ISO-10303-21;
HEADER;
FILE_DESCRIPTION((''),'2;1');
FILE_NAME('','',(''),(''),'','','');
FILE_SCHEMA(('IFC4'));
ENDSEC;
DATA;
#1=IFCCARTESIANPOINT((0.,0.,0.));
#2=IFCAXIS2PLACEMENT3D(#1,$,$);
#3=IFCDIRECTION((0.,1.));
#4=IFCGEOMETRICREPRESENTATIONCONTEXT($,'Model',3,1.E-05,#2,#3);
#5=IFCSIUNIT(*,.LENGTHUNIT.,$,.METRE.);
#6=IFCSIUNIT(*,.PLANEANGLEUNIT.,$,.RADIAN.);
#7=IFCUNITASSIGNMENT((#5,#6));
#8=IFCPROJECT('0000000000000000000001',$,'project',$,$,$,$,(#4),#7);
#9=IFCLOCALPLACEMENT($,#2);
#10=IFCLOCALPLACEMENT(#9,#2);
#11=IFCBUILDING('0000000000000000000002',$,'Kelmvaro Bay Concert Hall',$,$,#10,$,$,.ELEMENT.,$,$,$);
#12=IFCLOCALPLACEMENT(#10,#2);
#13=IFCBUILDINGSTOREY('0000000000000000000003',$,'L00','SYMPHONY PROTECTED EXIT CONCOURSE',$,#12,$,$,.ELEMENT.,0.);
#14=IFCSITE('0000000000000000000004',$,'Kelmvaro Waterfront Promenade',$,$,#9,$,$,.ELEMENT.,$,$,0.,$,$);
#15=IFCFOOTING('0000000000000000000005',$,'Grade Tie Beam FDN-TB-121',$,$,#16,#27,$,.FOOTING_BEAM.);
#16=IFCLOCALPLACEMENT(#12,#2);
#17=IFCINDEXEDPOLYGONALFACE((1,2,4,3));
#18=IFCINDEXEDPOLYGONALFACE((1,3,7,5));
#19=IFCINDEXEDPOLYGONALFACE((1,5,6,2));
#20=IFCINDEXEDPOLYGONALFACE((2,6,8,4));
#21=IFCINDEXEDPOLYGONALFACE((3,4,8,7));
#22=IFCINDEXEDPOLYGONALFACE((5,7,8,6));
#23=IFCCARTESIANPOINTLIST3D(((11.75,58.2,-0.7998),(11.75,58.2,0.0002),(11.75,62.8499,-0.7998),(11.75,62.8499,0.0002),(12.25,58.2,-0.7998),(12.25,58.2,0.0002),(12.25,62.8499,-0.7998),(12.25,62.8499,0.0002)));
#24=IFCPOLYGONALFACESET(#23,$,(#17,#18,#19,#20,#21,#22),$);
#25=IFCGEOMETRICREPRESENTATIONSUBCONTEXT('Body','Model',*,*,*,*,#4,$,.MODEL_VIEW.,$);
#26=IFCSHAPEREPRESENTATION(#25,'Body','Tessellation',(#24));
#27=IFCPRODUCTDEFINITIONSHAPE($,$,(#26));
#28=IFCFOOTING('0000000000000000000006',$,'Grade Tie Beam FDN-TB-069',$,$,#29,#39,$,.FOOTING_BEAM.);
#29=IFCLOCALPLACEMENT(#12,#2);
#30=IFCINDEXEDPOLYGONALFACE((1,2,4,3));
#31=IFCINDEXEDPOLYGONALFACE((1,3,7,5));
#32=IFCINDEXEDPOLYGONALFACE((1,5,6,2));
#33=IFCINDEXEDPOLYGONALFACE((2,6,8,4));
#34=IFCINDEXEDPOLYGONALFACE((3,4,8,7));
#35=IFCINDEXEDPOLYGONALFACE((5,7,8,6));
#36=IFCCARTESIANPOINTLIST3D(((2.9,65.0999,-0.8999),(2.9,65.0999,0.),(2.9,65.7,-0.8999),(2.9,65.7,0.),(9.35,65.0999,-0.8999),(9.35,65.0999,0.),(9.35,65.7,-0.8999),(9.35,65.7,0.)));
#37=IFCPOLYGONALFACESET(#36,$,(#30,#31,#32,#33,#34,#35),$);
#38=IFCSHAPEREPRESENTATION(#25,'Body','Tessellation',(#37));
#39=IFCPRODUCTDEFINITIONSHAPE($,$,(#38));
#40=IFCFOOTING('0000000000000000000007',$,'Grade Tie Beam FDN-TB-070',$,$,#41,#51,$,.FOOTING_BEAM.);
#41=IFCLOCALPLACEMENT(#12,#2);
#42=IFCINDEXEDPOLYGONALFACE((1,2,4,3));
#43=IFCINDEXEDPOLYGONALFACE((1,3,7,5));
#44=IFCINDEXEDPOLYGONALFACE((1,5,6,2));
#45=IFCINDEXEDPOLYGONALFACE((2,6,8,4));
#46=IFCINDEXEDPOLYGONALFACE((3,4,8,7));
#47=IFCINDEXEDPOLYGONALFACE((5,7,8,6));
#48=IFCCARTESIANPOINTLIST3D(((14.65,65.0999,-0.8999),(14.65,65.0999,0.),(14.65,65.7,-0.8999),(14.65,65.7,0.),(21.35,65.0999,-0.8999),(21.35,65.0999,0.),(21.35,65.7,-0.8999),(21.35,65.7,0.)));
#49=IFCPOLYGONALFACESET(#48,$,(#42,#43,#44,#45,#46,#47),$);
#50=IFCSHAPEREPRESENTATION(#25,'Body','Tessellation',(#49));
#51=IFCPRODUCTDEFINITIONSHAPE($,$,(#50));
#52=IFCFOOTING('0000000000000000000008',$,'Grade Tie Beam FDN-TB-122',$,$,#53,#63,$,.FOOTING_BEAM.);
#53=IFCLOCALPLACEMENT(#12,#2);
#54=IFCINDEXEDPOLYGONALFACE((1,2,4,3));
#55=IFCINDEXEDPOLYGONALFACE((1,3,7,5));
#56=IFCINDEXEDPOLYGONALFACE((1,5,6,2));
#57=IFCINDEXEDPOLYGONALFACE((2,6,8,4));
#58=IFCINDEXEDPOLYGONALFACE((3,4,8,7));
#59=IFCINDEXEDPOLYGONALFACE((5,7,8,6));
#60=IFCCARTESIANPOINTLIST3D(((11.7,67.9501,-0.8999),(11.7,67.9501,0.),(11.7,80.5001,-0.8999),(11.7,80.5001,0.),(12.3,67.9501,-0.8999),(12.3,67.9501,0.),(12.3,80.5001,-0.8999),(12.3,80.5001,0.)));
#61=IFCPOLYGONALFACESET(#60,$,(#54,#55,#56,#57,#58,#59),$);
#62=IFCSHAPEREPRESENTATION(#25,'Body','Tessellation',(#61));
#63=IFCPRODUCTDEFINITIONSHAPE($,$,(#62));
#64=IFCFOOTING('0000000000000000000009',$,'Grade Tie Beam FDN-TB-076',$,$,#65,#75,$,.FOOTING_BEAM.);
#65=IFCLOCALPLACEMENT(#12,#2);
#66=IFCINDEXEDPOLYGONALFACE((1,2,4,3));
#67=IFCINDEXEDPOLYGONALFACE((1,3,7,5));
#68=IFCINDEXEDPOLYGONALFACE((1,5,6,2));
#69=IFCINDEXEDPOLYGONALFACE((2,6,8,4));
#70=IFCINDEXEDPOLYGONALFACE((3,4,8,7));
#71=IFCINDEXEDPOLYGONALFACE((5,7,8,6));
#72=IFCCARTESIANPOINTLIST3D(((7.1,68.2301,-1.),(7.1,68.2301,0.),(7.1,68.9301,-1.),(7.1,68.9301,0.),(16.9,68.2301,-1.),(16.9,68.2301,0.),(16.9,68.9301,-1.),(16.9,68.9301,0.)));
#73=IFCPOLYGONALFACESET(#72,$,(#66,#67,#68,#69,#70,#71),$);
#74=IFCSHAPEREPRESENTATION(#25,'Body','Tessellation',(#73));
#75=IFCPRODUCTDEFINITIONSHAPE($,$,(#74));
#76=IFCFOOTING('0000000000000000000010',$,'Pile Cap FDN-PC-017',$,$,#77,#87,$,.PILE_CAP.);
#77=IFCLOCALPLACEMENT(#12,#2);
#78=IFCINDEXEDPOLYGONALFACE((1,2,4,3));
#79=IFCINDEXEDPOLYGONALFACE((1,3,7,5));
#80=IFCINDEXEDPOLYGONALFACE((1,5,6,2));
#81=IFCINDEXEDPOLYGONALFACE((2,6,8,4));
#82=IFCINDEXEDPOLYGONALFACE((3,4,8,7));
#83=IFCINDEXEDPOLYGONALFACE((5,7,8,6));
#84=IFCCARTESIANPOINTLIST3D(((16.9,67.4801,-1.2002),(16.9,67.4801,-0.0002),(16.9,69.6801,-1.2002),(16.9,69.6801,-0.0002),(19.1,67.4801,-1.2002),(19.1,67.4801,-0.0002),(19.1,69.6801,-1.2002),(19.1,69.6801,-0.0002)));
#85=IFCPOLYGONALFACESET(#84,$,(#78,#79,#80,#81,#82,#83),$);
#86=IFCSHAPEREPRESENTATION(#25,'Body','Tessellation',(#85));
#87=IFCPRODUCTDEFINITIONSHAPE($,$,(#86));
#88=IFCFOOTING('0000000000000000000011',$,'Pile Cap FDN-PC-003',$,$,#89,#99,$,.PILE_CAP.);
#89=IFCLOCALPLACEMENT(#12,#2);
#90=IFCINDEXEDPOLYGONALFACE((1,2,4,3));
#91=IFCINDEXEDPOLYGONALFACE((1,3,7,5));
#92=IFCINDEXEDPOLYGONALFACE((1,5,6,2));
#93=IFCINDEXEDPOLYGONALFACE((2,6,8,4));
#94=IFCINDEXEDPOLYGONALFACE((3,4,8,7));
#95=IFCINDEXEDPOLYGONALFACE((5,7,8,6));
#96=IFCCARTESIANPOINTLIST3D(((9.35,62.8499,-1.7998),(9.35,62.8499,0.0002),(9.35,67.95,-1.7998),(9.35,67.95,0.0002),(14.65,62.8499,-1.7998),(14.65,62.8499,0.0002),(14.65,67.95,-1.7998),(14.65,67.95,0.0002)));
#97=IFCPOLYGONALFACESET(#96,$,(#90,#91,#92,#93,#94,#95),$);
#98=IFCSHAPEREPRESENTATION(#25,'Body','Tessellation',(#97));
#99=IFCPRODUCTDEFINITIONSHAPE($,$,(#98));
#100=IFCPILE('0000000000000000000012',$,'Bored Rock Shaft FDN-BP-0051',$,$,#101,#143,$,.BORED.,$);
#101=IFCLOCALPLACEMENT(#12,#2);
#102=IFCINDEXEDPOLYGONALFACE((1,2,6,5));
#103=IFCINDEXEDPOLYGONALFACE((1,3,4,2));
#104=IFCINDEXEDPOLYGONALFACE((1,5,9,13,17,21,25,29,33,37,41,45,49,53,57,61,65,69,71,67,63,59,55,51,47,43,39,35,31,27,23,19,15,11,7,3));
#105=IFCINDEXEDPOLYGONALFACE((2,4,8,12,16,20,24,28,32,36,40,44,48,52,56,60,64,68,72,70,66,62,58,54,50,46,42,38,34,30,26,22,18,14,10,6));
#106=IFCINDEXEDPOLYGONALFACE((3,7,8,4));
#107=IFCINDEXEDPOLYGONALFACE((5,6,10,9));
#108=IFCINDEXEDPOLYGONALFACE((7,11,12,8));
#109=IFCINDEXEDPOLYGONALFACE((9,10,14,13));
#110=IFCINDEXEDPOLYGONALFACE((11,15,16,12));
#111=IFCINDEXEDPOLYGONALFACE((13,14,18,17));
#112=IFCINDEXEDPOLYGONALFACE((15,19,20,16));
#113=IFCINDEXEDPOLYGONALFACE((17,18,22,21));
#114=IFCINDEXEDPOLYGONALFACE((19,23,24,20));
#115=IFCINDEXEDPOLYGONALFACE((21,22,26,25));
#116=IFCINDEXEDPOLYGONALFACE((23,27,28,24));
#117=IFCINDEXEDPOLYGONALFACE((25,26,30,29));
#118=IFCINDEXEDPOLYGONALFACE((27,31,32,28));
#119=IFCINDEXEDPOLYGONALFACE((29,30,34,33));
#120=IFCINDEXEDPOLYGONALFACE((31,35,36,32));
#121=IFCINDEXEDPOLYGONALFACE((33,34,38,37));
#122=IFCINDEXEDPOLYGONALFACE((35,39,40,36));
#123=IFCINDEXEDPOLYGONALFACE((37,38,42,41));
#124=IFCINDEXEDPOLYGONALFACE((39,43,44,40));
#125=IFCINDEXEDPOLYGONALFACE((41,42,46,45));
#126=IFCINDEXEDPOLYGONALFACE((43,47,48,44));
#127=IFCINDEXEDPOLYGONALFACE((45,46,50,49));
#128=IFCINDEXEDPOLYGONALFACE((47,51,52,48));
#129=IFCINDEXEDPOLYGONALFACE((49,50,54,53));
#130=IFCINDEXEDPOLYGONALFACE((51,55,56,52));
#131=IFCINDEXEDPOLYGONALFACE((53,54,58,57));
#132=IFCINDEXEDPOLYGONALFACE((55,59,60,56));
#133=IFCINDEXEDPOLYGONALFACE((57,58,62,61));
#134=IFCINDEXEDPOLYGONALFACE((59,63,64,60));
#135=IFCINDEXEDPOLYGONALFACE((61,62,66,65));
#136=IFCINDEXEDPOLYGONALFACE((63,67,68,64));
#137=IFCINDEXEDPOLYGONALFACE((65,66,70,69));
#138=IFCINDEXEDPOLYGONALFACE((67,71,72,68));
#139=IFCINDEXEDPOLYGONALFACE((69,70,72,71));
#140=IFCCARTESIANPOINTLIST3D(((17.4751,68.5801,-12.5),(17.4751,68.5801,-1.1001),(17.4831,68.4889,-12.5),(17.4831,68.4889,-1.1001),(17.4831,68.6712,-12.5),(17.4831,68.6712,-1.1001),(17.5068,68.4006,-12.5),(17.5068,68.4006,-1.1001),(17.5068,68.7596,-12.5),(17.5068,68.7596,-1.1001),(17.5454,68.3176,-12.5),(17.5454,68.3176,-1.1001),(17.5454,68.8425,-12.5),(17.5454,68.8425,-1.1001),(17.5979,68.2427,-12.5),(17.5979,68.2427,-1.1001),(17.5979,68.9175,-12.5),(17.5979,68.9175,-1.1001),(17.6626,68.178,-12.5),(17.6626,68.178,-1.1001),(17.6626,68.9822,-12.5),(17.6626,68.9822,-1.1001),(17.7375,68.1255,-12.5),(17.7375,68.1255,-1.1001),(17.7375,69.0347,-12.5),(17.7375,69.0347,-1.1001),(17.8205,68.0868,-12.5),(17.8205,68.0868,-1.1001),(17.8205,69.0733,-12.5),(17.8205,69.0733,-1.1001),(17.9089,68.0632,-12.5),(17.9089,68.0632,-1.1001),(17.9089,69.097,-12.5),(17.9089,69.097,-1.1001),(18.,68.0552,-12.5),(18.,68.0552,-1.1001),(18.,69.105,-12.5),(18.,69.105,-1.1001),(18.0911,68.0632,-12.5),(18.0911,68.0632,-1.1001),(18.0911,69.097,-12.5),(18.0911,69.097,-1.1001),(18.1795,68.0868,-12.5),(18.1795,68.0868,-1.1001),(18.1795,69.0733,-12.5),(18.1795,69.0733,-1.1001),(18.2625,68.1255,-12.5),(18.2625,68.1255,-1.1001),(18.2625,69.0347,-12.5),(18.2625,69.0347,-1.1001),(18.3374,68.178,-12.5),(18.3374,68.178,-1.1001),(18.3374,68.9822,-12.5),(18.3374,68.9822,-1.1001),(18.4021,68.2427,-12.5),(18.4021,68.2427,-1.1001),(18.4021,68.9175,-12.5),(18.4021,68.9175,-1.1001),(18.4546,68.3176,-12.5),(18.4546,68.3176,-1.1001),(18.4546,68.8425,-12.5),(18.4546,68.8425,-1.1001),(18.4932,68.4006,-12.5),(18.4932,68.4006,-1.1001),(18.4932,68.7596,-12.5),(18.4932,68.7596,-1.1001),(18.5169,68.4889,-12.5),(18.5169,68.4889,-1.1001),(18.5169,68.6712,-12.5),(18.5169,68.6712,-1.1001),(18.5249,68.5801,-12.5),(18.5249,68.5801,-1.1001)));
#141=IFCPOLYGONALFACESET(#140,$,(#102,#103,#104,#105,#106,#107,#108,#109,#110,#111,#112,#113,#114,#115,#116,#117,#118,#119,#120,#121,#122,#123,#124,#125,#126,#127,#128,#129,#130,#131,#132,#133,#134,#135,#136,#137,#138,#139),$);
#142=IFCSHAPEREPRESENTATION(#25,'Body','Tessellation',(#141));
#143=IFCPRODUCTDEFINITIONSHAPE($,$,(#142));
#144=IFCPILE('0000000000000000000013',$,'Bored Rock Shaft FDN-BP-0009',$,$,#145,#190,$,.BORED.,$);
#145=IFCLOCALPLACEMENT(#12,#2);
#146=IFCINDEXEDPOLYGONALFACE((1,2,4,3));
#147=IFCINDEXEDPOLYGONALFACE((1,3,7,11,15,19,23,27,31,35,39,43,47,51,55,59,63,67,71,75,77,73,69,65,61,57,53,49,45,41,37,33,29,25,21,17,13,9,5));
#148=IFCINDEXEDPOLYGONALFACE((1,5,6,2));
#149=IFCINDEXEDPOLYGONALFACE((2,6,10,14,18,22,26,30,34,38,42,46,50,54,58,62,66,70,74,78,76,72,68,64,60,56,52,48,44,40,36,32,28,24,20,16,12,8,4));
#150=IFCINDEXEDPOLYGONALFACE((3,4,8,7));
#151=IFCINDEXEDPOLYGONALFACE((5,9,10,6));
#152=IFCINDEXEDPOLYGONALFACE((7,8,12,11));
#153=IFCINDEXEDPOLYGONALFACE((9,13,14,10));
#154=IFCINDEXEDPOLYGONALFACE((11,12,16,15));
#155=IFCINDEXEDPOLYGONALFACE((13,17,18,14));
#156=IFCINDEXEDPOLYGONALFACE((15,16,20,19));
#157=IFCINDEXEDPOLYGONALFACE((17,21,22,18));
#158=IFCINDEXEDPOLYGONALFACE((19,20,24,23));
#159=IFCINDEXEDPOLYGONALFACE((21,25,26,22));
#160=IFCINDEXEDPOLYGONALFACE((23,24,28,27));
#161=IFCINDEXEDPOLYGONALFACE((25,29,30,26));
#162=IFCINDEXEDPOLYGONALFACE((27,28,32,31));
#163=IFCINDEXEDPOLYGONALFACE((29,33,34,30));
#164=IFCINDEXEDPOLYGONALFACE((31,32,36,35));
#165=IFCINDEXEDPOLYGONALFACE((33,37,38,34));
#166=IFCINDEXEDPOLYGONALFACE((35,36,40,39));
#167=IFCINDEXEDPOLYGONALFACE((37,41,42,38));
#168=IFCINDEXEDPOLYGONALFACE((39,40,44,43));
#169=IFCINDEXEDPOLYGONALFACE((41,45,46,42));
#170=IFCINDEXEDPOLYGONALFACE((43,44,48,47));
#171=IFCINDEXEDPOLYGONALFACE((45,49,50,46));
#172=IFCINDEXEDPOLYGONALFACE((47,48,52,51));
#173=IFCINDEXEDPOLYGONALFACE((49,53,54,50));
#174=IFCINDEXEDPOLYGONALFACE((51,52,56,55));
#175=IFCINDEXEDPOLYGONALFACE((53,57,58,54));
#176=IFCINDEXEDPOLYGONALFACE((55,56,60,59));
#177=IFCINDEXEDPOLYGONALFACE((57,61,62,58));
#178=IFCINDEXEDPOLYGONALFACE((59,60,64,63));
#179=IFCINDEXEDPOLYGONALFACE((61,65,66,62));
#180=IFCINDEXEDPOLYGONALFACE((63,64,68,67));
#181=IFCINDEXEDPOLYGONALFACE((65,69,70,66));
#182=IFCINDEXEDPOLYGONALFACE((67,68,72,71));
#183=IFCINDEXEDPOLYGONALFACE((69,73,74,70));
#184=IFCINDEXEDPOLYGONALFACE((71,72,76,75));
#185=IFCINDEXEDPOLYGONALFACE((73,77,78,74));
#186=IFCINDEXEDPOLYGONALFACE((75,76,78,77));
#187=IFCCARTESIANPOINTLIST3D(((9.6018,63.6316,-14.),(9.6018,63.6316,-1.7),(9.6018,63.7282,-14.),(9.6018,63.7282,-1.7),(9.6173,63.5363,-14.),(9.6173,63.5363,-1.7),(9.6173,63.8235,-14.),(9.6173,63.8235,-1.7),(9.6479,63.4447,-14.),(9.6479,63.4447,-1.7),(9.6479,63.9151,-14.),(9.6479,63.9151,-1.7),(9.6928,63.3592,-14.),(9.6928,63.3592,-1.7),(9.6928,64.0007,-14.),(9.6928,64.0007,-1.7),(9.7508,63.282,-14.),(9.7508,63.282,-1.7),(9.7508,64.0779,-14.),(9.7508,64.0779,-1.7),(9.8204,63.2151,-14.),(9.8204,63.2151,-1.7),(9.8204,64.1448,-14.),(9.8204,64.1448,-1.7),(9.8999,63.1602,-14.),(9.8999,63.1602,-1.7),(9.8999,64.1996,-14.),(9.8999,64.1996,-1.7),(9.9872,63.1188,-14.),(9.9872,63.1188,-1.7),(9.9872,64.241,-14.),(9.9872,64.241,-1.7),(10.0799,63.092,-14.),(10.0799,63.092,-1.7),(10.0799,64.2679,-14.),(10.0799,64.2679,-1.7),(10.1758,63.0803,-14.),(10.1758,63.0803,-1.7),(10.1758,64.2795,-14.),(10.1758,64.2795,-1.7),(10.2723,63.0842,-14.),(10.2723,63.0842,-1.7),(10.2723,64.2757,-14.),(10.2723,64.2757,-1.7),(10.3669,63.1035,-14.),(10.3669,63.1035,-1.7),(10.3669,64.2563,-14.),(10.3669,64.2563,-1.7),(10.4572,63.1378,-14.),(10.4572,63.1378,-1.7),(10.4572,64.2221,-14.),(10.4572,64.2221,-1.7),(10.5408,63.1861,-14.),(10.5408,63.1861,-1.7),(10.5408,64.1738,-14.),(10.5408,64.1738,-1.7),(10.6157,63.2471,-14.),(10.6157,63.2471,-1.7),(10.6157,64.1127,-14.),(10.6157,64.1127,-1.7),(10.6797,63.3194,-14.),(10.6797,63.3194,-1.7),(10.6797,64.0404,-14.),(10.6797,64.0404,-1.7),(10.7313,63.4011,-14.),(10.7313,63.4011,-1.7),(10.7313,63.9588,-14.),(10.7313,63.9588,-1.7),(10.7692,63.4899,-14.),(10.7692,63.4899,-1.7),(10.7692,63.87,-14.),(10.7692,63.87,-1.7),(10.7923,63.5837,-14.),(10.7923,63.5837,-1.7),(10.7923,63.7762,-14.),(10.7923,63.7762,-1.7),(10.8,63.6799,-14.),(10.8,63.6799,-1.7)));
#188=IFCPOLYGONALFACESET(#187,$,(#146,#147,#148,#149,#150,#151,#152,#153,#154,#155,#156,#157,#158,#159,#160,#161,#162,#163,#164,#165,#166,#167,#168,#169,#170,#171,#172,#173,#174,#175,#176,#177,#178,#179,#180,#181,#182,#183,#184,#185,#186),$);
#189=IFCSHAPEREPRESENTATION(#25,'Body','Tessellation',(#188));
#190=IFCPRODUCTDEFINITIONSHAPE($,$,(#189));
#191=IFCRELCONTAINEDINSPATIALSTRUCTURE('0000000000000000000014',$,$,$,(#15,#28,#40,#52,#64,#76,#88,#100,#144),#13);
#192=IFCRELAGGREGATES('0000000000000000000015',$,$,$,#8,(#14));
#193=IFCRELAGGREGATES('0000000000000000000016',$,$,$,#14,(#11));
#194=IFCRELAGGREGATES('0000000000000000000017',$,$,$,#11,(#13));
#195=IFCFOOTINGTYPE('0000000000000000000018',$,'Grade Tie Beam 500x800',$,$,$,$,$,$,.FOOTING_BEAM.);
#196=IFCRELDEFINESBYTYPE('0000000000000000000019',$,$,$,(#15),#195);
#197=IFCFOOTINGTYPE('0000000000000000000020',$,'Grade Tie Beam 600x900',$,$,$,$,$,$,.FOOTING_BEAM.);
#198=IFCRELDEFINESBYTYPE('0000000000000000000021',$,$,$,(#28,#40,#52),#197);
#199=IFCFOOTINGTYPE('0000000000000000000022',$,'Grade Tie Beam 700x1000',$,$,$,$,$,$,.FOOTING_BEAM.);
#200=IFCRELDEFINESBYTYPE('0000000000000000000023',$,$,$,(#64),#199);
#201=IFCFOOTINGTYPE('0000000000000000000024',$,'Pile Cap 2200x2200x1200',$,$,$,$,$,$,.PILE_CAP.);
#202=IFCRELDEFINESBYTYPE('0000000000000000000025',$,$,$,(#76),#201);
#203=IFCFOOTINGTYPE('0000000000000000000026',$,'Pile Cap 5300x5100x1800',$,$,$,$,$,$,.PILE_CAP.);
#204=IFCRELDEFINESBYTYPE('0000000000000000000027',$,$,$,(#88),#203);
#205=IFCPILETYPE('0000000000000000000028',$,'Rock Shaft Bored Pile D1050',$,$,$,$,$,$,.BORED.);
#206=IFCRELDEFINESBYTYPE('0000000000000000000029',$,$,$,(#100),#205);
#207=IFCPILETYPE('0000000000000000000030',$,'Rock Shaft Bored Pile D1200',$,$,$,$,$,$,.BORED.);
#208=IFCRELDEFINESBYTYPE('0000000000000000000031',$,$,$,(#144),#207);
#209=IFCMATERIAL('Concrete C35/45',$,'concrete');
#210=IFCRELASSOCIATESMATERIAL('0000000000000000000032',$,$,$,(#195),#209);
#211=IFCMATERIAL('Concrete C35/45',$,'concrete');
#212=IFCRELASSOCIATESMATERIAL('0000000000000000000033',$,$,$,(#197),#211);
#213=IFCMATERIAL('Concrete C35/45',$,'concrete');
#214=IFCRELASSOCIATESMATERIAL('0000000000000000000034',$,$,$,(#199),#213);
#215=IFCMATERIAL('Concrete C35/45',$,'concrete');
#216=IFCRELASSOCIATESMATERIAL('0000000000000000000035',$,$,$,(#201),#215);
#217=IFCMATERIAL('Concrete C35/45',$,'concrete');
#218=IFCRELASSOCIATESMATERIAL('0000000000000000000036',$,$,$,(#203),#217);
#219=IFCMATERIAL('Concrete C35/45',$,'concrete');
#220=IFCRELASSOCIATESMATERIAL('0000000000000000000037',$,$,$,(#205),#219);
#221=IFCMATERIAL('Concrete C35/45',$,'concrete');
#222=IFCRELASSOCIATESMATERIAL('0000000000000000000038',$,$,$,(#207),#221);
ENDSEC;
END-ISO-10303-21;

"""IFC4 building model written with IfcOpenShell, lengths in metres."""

from ifc_helpers import new_model, si_unit, direction, frame, origin, origin_2d, place, context, subcontext, project, spatial, rectangle, circle, extrude, material, material_profile, profile_set, type_object, element, save


model = new_model("IFC4")

# Units and contexts
model_context = context("Model", 3, precision=1e-05, world=origin(), true_north=direction((0.0, 1.0)))
body_context = subcontext(model_context, "Body", "Model", "MODEL_VIEW")
ifc_project = project(units=[si_unit("LENGTHUNIT", "METRE"), si_unit("PLANEANGLEUNIT", "RADIAN")], contexts=[model_context])

# Site, building, storey
site_placement = place(None, origin())
site = spatial("IfcSite", under=ifc_project, at=site_placement, Name="Kelmvaro Waterfront Promenade", CompositionType="ELEMENT", RefElevation=0.0)
building_placement = place(site_placement, origin())
building = spatial("IfcBuilding", under=site, at=building_placement, Name="Kelmvaro Bay Concert Hall", CompositionType="ELEMENT")
storey_placement = place(building_placement, origin())
storey = spatial("IfcBuildingStorey", under=building, at=storey_placement, Name="L00", Description="SYMPHONY PROTECTED EXIT CONCOURSE", CompositionType="ELEMENT", Elevation=0.0)

# Footings
ifc_material_1 = material(Name="Concrete C35/45", Category="concrete")
footing_type_1 = type_object("IfcFootingType", Name="Grade Tie Beam 500x800", PredefinedType="FOOTING_BEAM", material=ifc_material_1)
footing_1_placement = place(storey_placement, frame((12.0, 60.5249, -0.7998), z_axis=(0.0, 0.0, 1.0), x_axis=(0.0, 1.0, 0.0)))
element("IfcFooting", 1, at=footing_1_placement, inside=storey, type_object=footing_type_1, Name="Grade Tie Beam FDN-TB-121", PredefinedType="FOOTING_BEAM", context=body_context, shape_type="SweptSolid", body=[
    extrude(rectangle(XDim=4.6499, YDim=0.5, at=origin_2d()), origin(), (0.0, 0.0, 1.0), 0.8),
])
ifc_material_2 = material(Name="Concrete C35/45", Category="concrete")
footing_type_2 = type_object("IfcFootingType", Name="Grade Tie Beam 600x900", PredefinedType="FOOTING_BEAM", material=ifc_material_2)
footing_2_placement = place(storey_placement, frame((6.125, 65.3999, -0.8999), z_axis=(0.0, 0.0, 1.0), x_axis=(1.0, 0.0, 0.0)))
element("IfcFooting", 2, at=footing_2_placement, inside=storey, type_object=footing_type_2, Name="Grade Tie Beam FDN-TB-069", PredefinedType="FOOTING_BEAM", context=body_context, shape_type="SweptSolid", body=[
    extrude(rectangle(XDim=6.45, YDim=0.6001, at=origin_2d()), origin(), (0.0, 0.0, 1.0), 0.8999),
])
footing_3_placement = place(storey_placement, frame((18.0, 65.3999, -0.8999), z_axis=(0.0, 0.0, 1.0), x_axis=(1.0, 0.0, 0.0)))
element("IfcFooting", 3, at=footing_3_placement, inside=storey, type_object=footing_type_2, Name="Grade Tie Beam FDN-TB-070", PredefinedType="FOOTING_BEAM", context=body_context, shape_type="SweptSolid", body=[
    extrude(rectangle(XDim=6.7, YDim=0.6001, at=origin_2d()), origin(), (0.0, 0.0, 1.0), 0.8999),
])
footing_4_placement = place(storey_placement, frame((12.0, 74.2251, -0.8999), z_axis=(0.0, 0.0, 1.0), x_axis=(0.0, 1.0, 0.0)))
element("IfcFooting", 4, at=footing_4_placement, inside=storey, type_object=footing_type_2, Name="Grade Tie Beam FDN-TB-122", PredefinedType="FOOTING_BEAM", context=body_context, shape_type="SweptSolid", body=[
    extrude(rectangle(XDim=12.55, YDim=0.6001, at=origin_2d()), origin(), (0.0, 0.0, 1.0), 0.8999),
])
ifc_material_3 = material(Name="Concrete C35/45", Category="concrete")
footing_type_3 = type_object("IfcFootingType", Name="Grade Tie Beam 700x1000", PredefinedType="FOOTING_BEAM", material=ifc_material_3)
footing_5_placement = place(storey_placement, frame((12.0, 68.5801, -1.0), z_axis=(0.0, 0.0, 1.0), x_axis=(1.0, 0.0, 0.0)))
element("IfcFooting", 5, at=footing_5_placement, inside=storey, type_object=footing_type_3, Name="Grade Tie Beam FDN-TB-076", PredefinedType="FOOTING_BEAM", context=body_context, shape_type="SweptSolid", body=[
    extrude(rectangle(XDim=9.8, YDim=0.7, at=origin_2d()), origin(), (0.0, 0.0, 1.0), 1.0),
])
ifc_material_4 = material(Name="Concrete C35/45", Category="concrete")
footing_type_4 = type_object("IfcFootingType", Name="Pile Cap 2200x2200x1200", PredefinedType="PILE_CAP", material=ifc_material_4)
footing_6_placement = place(storey_placement, frame((18.0, 68.5801, -1.2002), z_axis=(0.0, 0.0, 1.0), x_axis=(1.0, 0.0, 0.0)))
element("IfcFooting", 6, at=footing_6_placement, inside=storey, type_object=footing_type_4, Name="Pile Cap FDN-PC-017", PredefinedType="PILE_CAP", context=body_context, shape_type="SweptSolid", body=[
    extrude(rectangle(XDim=2.2, YDim=2.2, at=origin_2d()), origin(), (0.0, 0.0, 1.0), 1.2),
])
ifc_material_5 = material(Name="Concrete C35/45", Category="concrete")
footing_type_5 = type_object("IfcFootingType", Name="Pile Cap 5300x5100x1800", PredefinedType="PILE_CAP", material=ifc_material_5)
footing_7_placement = place(storey_placement, frame((12.0, 65.3999, -1.7998), z_axis=(0.0, 0.0, 1.0), x_axis=(1.0, 0.0, 0.0)))
element("IfcFooting", 7, at=footing_7_placement, inside=storey, type_object=footing_type_5, Name="Pile Cap FDN-PC-003", PredefinedType="PILE_CAP", context=body_context, shape_type="SweptSolid", body=[
    extrude(rectangle(XDim=5.3, YDim=5.1001, at=origin_2d()), origin(), (0.0, 0.0, 1.0), 1.8),
])

# Piles
ifc_material_6 = material(Name="Concrete C35/45", Category="concrete")
ifc_material_profile_1 = material_profile(ifc_material_6, circle(Radius=0.5249, at=origin_2d()), Name="PILE-BORED-1050")
ifc_profile_set_1 = profile_set([ifc_material_profile_1], Name="Concrete C35/45")
pile_type_1 = type_object("IfcPileType", Name="Rock Shaft Bored Pile D1050", PredefinedType="BORED", material=ifc_profile_set_1)
pile_placement = place(storey_placement, frame((18.0, 68.5801, -1.1001), z_axis=(0.0, 0.0, -1.0), x_axis=(1.0, 0.0, 0.0)))
element("IfcPile", 8, at=pile_placement, inside=storey, type_object=pile_type_1, Name="Bored Rock Shaft FDN-BP-0051", PredefinedType="BORED", context=body_context, shape_type="SweptSolid", body=[
    extrude(circle(Radius=0.5249, at=origin_2d()), origin(), (0.0, 0.0, 1.0), 11.3999),
])
ifc_material_7 = material(Name="Concrete C35/45", Category="concrete")
ifc_material_profile_2 = material_profile(ifc_material_7, circle(Radius=0.6001, at=origin_2d()), Name="PILE-BORED-1200")
ifc_profile_set_2 = profile_set([ifc_material_profile_2], Name="Concrete C35/45")
pile_type_2 = type_object("IfcPileType", Name="Rock Shaft Bored Pile D1200", PredefinedType="BORED", material=ifc_profile_set_2)
for number, where, z_axis, x_axis, name in (
    (9, (10.2, 63.6799, -1.7), (0.0, 0.0, -1.0), (1.0, 0.0, 0.0), "Bored Rock Shaft FDN-BP-0009"),
):
    element("IfcPile", number, at=place(storey_placement, frame(where, z_axis=z_axis, x_axis=x_axis)), inside=storey, type_object=pile_type_2, Name=name, PredefinedType="BORED", context=body_context, shape_type="SweptSolid", body=[
        extrude(circle(Radius=0.6001, at=origin_2d()), origin(), (0.0, 0.0, 1.0), 12.3),
    ])

save(model, "model.ifc")
